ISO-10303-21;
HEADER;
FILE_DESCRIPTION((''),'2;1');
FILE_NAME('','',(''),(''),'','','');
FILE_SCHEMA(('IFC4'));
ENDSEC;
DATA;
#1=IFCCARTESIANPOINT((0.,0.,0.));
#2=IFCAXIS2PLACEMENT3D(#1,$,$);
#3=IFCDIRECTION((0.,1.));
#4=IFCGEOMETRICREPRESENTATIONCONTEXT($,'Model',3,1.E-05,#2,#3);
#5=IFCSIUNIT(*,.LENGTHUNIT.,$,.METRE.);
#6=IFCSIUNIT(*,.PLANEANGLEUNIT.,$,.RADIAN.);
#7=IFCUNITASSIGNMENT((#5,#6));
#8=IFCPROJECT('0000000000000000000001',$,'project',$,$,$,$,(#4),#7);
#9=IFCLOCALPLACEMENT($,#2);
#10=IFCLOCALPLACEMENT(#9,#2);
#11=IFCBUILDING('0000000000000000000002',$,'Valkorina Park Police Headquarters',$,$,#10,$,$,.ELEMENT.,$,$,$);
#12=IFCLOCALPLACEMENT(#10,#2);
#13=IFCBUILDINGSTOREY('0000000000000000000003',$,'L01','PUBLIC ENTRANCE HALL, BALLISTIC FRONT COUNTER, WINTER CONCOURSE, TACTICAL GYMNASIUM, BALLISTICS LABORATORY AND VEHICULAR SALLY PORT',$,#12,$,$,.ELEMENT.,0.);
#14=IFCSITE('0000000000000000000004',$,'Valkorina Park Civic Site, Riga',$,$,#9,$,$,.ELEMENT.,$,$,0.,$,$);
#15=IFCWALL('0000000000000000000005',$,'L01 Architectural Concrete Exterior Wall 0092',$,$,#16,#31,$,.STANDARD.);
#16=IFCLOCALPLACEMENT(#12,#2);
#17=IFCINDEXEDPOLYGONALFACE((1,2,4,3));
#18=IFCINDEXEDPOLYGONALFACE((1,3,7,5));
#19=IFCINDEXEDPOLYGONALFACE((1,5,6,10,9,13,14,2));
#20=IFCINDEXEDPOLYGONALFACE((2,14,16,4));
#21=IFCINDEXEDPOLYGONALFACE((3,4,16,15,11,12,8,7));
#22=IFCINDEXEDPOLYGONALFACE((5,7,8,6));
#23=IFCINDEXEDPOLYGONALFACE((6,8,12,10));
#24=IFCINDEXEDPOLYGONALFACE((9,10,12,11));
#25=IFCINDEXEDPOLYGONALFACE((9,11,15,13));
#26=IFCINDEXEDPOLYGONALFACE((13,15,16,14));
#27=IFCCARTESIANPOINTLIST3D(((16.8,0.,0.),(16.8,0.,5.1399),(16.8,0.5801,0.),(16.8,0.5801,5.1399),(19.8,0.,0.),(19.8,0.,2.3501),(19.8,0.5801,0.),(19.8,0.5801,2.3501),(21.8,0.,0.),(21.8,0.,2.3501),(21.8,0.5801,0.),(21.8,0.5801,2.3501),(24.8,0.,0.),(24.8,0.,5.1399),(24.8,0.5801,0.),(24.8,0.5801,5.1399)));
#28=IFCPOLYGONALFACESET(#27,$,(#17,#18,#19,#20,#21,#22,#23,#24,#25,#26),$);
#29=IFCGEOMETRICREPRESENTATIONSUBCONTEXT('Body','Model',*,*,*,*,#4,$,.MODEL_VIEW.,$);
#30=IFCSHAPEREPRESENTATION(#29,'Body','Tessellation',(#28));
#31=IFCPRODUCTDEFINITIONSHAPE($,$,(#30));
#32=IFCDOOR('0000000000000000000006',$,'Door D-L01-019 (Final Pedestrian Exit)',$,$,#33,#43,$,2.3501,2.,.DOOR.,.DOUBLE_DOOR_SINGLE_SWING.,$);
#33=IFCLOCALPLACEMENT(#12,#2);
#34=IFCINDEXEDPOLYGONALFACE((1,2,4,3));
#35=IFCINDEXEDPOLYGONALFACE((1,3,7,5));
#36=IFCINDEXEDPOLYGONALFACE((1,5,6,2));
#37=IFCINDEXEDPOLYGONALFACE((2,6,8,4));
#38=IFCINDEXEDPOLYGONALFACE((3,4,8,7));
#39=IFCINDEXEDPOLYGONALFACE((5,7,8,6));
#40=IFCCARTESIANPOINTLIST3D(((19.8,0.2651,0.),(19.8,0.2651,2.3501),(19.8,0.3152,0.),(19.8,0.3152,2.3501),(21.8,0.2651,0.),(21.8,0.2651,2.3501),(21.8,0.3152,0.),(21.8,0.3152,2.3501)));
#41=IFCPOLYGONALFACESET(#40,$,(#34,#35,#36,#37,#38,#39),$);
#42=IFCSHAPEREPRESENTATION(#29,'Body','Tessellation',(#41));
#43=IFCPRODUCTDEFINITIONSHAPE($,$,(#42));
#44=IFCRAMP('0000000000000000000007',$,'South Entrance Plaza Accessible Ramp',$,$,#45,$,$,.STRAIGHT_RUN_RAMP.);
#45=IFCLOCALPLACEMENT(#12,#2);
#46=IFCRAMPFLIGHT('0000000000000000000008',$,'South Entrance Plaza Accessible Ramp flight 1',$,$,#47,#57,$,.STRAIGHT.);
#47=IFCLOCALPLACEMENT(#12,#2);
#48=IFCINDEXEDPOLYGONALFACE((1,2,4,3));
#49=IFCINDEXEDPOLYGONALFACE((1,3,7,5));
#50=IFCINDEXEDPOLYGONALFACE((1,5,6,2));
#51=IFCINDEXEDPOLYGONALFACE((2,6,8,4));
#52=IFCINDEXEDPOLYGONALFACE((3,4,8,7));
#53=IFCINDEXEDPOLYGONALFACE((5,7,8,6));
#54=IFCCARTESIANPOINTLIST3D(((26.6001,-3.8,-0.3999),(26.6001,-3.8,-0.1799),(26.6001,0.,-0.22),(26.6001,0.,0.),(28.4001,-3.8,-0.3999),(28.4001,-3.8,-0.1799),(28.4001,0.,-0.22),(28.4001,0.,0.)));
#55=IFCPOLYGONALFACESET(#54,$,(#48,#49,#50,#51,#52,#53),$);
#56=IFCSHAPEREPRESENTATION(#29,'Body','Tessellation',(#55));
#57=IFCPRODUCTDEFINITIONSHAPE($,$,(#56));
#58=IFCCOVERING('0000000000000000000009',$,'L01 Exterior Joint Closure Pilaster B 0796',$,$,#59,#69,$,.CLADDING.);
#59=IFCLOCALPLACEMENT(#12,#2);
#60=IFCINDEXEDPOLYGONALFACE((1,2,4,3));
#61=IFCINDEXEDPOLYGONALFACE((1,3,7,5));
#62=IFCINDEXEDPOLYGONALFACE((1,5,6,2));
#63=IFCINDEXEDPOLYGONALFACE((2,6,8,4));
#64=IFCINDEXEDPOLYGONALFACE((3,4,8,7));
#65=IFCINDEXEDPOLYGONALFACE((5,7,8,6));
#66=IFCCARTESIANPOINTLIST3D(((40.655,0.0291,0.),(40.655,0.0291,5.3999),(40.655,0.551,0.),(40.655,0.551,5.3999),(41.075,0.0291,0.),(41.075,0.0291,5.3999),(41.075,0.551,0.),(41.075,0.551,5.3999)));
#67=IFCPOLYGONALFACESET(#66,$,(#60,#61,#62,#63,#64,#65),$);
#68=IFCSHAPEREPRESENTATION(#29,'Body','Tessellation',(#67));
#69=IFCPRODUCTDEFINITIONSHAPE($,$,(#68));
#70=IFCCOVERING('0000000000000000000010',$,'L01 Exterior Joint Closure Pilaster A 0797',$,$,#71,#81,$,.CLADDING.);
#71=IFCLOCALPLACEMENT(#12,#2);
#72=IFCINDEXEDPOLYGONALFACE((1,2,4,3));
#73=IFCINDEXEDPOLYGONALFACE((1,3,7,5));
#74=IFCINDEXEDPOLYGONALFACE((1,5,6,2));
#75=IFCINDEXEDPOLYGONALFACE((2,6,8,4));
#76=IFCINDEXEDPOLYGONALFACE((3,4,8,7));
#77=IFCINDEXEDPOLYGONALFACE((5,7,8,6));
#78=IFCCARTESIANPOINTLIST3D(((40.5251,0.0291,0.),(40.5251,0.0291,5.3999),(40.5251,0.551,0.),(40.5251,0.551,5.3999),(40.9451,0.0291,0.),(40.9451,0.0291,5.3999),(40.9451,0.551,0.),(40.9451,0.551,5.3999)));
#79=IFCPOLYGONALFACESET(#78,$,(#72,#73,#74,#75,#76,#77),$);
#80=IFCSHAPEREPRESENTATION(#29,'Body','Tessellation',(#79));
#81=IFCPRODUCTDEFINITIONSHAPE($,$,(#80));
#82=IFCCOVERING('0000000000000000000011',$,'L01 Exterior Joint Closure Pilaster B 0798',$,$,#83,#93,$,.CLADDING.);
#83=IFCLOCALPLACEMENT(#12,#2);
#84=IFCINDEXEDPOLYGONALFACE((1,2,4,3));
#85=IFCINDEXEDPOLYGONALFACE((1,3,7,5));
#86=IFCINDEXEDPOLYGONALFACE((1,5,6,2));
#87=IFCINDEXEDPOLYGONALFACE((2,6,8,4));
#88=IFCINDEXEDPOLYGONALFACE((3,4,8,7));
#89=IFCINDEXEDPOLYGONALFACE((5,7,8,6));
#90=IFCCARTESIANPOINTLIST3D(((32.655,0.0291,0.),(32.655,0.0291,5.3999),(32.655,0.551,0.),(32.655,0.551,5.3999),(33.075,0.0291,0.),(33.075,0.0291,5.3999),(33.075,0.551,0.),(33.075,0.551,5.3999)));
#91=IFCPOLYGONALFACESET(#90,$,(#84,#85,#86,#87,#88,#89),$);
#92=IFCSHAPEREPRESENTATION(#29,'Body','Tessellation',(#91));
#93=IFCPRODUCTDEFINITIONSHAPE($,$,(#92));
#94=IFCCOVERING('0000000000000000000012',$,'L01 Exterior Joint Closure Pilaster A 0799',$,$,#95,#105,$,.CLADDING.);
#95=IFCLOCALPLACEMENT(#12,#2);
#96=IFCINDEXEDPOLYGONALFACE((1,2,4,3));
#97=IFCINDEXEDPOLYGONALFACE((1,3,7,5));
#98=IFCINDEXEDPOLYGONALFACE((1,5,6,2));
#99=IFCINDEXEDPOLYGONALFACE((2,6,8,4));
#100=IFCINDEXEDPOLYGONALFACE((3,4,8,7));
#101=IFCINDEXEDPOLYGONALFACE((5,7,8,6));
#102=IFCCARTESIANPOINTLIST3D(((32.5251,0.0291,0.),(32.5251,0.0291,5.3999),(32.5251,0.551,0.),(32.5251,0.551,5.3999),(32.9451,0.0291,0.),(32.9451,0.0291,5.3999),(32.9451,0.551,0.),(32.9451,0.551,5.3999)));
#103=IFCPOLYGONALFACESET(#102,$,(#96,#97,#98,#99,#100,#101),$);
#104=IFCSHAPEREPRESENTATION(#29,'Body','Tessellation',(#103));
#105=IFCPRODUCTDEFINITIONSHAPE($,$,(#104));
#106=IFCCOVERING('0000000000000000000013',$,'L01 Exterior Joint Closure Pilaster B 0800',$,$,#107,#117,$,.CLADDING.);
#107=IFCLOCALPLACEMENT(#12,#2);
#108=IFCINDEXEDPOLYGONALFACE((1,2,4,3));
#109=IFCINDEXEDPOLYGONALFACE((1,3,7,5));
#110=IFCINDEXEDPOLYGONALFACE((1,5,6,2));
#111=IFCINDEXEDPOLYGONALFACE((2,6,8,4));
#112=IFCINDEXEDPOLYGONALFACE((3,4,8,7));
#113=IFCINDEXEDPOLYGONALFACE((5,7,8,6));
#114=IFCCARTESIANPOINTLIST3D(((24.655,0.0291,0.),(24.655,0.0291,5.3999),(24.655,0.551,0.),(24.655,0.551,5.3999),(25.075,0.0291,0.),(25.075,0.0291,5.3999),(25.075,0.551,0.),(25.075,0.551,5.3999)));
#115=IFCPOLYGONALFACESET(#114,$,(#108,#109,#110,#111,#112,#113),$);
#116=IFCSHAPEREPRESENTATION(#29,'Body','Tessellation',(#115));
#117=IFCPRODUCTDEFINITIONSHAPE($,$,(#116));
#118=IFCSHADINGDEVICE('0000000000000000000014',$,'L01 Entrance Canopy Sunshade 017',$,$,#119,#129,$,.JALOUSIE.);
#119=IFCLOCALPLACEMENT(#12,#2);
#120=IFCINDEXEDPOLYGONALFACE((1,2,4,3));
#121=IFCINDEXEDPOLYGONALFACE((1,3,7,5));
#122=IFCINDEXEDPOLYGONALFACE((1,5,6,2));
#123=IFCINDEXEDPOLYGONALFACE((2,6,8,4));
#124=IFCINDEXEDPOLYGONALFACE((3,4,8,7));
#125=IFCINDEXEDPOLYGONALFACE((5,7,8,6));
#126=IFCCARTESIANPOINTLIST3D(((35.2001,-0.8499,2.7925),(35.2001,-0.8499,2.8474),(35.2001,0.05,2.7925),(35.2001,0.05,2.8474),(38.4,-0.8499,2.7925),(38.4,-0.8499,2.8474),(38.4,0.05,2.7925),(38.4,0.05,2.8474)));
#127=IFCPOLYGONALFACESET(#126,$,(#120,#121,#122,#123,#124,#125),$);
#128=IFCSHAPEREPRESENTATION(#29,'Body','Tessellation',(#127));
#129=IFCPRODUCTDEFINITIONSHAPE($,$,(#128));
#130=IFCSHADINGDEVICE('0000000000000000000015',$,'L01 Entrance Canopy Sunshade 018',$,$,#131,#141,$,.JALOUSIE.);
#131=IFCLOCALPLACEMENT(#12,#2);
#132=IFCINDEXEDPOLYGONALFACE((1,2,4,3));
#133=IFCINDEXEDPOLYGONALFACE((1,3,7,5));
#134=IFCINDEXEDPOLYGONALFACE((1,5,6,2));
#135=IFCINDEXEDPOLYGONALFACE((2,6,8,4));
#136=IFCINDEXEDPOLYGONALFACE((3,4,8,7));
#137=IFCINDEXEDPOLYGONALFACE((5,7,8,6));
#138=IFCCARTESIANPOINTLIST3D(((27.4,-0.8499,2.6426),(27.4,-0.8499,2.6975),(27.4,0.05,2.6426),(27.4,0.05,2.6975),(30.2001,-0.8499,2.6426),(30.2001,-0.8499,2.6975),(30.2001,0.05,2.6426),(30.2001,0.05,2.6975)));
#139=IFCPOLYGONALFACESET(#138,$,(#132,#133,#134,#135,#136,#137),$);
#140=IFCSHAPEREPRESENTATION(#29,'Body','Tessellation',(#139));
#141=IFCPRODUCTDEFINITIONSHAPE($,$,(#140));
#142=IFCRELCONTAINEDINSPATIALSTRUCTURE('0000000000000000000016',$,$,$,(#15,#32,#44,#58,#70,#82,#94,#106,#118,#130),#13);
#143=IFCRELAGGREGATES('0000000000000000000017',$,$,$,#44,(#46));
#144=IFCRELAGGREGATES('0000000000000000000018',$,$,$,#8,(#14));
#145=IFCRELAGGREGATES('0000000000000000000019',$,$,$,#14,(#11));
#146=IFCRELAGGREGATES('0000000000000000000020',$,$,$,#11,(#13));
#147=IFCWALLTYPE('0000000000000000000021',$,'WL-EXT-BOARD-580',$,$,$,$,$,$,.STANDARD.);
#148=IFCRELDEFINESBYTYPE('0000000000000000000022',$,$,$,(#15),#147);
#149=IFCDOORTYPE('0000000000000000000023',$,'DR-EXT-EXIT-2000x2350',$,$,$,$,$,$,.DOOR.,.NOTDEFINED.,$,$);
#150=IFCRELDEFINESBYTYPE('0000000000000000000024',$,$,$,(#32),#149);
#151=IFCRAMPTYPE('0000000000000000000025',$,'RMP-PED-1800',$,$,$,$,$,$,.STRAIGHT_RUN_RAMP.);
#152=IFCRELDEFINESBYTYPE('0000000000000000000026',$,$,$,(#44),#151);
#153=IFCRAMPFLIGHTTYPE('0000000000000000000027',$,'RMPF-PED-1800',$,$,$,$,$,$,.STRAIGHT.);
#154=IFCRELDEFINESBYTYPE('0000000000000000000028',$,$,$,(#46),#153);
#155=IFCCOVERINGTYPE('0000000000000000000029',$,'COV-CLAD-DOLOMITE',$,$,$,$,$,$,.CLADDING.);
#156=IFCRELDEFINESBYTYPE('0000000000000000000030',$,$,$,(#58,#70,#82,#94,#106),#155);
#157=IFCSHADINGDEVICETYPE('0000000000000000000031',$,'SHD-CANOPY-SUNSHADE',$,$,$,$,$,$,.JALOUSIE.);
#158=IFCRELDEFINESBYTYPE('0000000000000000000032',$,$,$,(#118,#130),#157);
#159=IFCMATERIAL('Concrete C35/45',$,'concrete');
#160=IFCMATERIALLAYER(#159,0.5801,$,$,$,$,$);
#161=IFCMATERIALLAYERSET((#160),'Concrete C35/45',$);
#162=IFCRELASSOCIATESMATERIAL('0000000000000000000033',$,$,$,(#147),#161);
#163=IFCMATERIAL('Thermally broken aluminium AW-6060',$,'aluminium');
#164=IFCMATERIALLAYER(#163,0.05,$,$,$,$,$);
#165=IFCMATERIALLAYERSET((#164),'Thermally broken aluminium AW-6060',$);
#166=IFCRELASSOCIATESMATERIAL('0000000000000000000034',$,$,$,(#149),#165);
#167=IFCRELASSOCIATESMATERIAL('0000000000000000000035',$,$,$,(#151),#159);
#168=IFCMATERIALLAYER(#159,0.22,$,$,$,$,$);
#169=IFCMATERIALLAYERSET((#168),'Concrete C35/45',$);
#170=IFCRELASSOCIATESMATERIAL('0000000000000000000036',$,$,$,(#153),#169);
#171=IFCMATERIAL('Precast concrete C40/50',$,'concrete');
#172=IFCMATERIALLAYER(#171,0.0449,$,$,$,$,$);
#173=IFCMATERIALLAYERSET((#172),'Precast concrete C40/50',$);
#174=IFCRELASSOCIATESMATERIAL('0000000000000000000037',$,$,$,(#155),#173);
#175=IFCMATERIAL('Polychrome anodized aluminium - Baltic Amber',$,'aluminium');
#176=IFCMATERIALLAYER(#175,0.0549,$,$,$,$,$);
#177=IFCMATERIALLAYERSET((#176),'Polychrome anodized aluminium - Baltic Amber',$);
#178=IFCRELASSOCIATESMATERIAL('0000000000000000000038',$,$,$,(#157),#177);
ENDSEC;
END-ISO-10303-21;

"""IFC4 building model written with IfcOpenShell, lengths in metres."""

from ifc_helpers import new_model, si_unit, direction, frame, frame_2d, origin, origin_2d, place, context, subcontext, project, spatial, polyline, rectangle, outline, extrude, material, layer, layer_set, type_object, element, fill, aggregate, save


model = new_model("IFC4")

# Units and contexts
model_context = context("Model", 3, precision=1e-05, world=origin(), true_north=direction((0.0, 1.0)))
body_context = subcontext(model_context, "Body", "Model", "MODEL_VIEW")
ifc_project = project(units=[si_unit("LENGTHUNIT", "METRE"), si_unit("PLANEANGLEUNIT", "RADIAN")], contexts=[model_context])

# Site, building, storey
site_placement = place(None, origin())
site = spatial("IfcSite", under=ifc_project, at=site_placement, Name="Valkorina Park Civic Site, Riga", CompositionType="ELEMENT", RefElevation=0.0)
building_placement = place(site_placement, origin())
building = spatial("IfcBuilding", under=site, at=building_placement, Name="Valkorina Park Police Headquarters", CompositionType="ELEMENT")
storey_placement = place(building_placement, origin())
storey = spatial("IfcBuildingStorey", under=building, at=storey_placement, Name="L01", Description="PUBLIC ENTRANCE HALL, BALLISTIC FRONT COUNTER, WINTER CONCOURSE, TACTICAL GYMNASIUM, BALLISTICS LABORATORY AND VEHICULAR SALLY PORT", CompositionType="ELEMENT", Elevation=0.0)

# Wall, opening, door
ifc_material_1 = material(Name="Concrete C35/45", Category="concrete")
ifc_layer_1 = layer(ifc_material_1, 0.5801)
ifc_layer_set_1 = layer_set([ifc_layer_1], Name="Concrete C35/45")
wall_type = type_object("IfcWallType", Name="WL-EXT-BOARD-580", PredefinedType="STANDARD", material=ifc_layer_set_1)
ifc_material_2 = material(Name="Thermally broken aluminium AW-6060", Category="aluminium")
wall_1_placement = place(storey_placement, frame((24.8, 0.29, 0.0), z_axis=(0.0, 0.0, 1.0), x_axis=(-1.0, 0.0, 0.0)))
wall_1 = element("IfcWall", 1, at=wall_1_placement, inside=storey, type_object=wall_type, Name="L01 Architectural Concrete Exterior Wall 0092", PredefinedType="STANDARD", context=body_context, shape_type="SweptSolid", body=[
    extrude(rectangle(XDim=8.0, YDim=0.5801, at=frame_2d((4.0, 0.0))), origin(), (0.0, 0.0, 1.0), 5.1399),
])
opening_1_placement = place(wall_1_placement, frame((3.0, 0.0, 0.0)))
opening_1 = element("IfcOpeningElement", 2, at=opening_1_placement, cuts=wall_1, PredefinedType="OPENING", context=body_context, shape_type="SweptSolid", body=[
    extrude(rectangle(XDim=2.0, YDim=2.3501, at=frame_2d((1.0, 1.175))), frame((0.0, 0.3, 0.0), z_axis=(0.0, -1.0, 0.0), x_axis=(1.0, 0.0, 0.0)), (0.0, 0.0, 1.0), 0.6001),
])
ifc_layer_2 = layer(ifc_material_2, 0.05)
ifc_layer_set_2 = layer_set([ifc_layer_2], Name="Thermally broken aluminium AW-6060")
door_type_1 = type_object("IfcDoorType", Name="DR-EXT-EXIT-2000x2350", OperationType="NOTDEFINED", PredefinedType="DOOR", material=ifc_layer_set_2)
door_1_placement = place(opening_1_placement, origin())
door_1 = element("IfcDoor", 3, at=door_1_placement, inside=storey, type_object=door_type_1, Name="Door D-L01-019 (Final Pedestrian Exit)", OperationType="DOUBLE_DOOR_SINGLE_SWING", OverallHeight=2.3501, OverallWidth=2.0, PredefinedType="DOOR", context=body_context, shape_type="SweptSolid", body=[
    extrude(rectangle(XDim=2.0, YDim=2.3501, at=frame_2d((1.0, 1.175))), frame((0.0, 0.0249, 0.0), z_axis=(0.0, -1.0, 0.0), x_axis=(1.0, 0.0, 0.0)), (0.0, 0.0, 1.0), 0.05),
])
fill(opening_1, door_1)

# Ramp, ramp flight
ramp_type = type_object("IfcRampType", Name="RMP-PED-1800", PredefinedType="STRAIGHT_RUN_RAMP", material=ifc_material_1)
ramp_placement = place(storey_placement, origin())
ramp = element("IfcRamp", 4, at=ramp_placement, inside=storey, type_object=ramp_type, Name="South Entrance Plaza Accessible Ramp", PredefinedType="STRAIGHT_RUN_RAMP")
ifc_layer_3 = layer(ifc_material_1, 0.22)
ifc_layer_set_3 = layer_set([ifc_layer_3], Name="Concrete C35/45")
ramp_flight_type = type_object("IfcRampFlightType", Name="RMPF-PED-1800", PredefinedType="STRAIGHT", material=ifc_layer_set_3)
ramp_flight_placement = place(storey_placement, frame((27.5, -3.8, -0.1799), z_axis=(0.0, 0.0, 1.0), x_axis=(0.0, 1.0, 0.0)))
ramp_flight = element("IfcRampFlight", 5, at=ramp_flight_placement, type_object=ramp_flight_type, Name="South Entrance Plaza Accessible Ramp flight 1", PredefinedType="STRAIGHT", context=body_context, shape_type="SweptSolid", body=[
    extrude(outline(polyline([(0.0, 0.0), (3.8, 0.1799), (3.8, -0.04), (0.0, -0.22), (0.0, 0.0)])), frame((0.0, 0.8999, 0.0), z_axis=(0.0, -1.0, 0.0), x_axis=(1.0, 0.0, 0.0)), (0.0, 0.0, 1.0), 1.8),
])
aggregate(ramp, [ramp_flight])

# Coverings
ifc_material_3 = material(Name="Precast concrete C40/50", Category="concrete")
ifc_layer_4 = layer(ifc_material_3, 0.0449)
ifc_layer_set_4 = layer_set([ifc_layer_4], Name="Precast concrete C40/50")
covering_type = type_object("IfcCoveringType", Name="COV-CLAD-DOLOMITE", PredefinedType="CLADDING", material=ifc_layer_set_4)
for number, where, z_axis, x_axis, name in (
    (6, (40.865, 0.29, 0.0), (0.0, 0.0, 1.0), (1.0, 0.0, 0.0), "L01 Exterior Joint Closure Pilaster B 0796"),
    (7, (40.7351, 0.29, 0.0), (0.0, 0.0, 1.0), (1.0, 0.0, 0.0), "L01 Exterior Joint Closure Pilaster A 0797"),
    (8, (32.865, 0.29, 0.0), (0.0, 0.0, 1.0), (1.0, 0.0, 0.0), "L01 Exterior Joint Closure Pilaster B 0798"),
    (9, (32.7351, 0.29, 0.0), (0.0, 0.0, 1.0), (1.0, 0.0, 0.0), "L01 Exterior Joint Closure Pilaster A 0799"),
    (10, (24.865, 0.29, 0.0), (0.0, 0.0, 1.0), (1.0, 0.0, 0.0), "L01 Exterior Joint Closure Pilaster B 0800"),
):
    element("IfcCovering", number, at=place(storey_placement, frame(where, z_axis=z_axis, x_axis=x_axis)), inside=storey, type_object=covering_type, Name=name, PredefinedType="CLADDING", context=body_context, shape_type="SweptSolid", body=[
        extrude(rectangle(XDim=0.4199, YDim=0.522, at=origin_2d()), origin(), (0.0, 0.0, 1.0), 5.3999),
    ])

# Shading devices
ifc_material_4 = material(Name="Polychrome anodized aluminium - Baltic Amber", Category="aluminium")
ifc_layer_5 = layer(ifc_material_4, 0.0549)
ifc_layer_set_5 = layer_set([ifc_layer_5], Name="Polychrome anodized aluminium - Baltic Amber")
shading_device_type = type_object("IfcShadingDeviceType", Name="SHD-CANOPY-SUNSHADE", PredefinedType="JALOUSIE", material=ifc_layer_set_5)
shading_device_1_placement = place(storey_placement, frame((36.8, -0.3999, 2.7925), z_axis=(0.0, 0.0, 1.0), x_axis=(-1.0, 0.0, 0.0)))
element("IfcShadingDevice", 11, at=shading_device_1_placement, inside=storey, type_object=shading_device_type, Name="L01 Entrance Canopy Sunshade 017", PredefinedType="JALOUSIE", context=body_context, shape_type="SweptSolid", body=[
    extrude(rectangle(XDim=3.2, YDim=0.8999, at=origin_2d()), origin(), (0.0, 0.0, 1.0), 0.0549),
])
shading_device_2_placement = place(storey_placement, frame((28.8, -0.3999, 2.6426), z_axis=(0.0, 0.0, 1.0), x_axis=(-1.0, 0.0, 0.0)))
element("IfcShadingDevice", 12, at=shading_device_2_placement, inside=storey, type_object=shading_device_type, Name="L01 Entrance Canopy Sunshade 018", PredefinedType="JALOUSIE", context=body_context, shape_type="SweptSolid", body=[
    extrude(rectangle(XDim=2.8, YDim=0.8999, at=origin_2d()), origin(), (0.0, 0.0, 1.0), 0.0549),
])

save(model, "model.ifc")
